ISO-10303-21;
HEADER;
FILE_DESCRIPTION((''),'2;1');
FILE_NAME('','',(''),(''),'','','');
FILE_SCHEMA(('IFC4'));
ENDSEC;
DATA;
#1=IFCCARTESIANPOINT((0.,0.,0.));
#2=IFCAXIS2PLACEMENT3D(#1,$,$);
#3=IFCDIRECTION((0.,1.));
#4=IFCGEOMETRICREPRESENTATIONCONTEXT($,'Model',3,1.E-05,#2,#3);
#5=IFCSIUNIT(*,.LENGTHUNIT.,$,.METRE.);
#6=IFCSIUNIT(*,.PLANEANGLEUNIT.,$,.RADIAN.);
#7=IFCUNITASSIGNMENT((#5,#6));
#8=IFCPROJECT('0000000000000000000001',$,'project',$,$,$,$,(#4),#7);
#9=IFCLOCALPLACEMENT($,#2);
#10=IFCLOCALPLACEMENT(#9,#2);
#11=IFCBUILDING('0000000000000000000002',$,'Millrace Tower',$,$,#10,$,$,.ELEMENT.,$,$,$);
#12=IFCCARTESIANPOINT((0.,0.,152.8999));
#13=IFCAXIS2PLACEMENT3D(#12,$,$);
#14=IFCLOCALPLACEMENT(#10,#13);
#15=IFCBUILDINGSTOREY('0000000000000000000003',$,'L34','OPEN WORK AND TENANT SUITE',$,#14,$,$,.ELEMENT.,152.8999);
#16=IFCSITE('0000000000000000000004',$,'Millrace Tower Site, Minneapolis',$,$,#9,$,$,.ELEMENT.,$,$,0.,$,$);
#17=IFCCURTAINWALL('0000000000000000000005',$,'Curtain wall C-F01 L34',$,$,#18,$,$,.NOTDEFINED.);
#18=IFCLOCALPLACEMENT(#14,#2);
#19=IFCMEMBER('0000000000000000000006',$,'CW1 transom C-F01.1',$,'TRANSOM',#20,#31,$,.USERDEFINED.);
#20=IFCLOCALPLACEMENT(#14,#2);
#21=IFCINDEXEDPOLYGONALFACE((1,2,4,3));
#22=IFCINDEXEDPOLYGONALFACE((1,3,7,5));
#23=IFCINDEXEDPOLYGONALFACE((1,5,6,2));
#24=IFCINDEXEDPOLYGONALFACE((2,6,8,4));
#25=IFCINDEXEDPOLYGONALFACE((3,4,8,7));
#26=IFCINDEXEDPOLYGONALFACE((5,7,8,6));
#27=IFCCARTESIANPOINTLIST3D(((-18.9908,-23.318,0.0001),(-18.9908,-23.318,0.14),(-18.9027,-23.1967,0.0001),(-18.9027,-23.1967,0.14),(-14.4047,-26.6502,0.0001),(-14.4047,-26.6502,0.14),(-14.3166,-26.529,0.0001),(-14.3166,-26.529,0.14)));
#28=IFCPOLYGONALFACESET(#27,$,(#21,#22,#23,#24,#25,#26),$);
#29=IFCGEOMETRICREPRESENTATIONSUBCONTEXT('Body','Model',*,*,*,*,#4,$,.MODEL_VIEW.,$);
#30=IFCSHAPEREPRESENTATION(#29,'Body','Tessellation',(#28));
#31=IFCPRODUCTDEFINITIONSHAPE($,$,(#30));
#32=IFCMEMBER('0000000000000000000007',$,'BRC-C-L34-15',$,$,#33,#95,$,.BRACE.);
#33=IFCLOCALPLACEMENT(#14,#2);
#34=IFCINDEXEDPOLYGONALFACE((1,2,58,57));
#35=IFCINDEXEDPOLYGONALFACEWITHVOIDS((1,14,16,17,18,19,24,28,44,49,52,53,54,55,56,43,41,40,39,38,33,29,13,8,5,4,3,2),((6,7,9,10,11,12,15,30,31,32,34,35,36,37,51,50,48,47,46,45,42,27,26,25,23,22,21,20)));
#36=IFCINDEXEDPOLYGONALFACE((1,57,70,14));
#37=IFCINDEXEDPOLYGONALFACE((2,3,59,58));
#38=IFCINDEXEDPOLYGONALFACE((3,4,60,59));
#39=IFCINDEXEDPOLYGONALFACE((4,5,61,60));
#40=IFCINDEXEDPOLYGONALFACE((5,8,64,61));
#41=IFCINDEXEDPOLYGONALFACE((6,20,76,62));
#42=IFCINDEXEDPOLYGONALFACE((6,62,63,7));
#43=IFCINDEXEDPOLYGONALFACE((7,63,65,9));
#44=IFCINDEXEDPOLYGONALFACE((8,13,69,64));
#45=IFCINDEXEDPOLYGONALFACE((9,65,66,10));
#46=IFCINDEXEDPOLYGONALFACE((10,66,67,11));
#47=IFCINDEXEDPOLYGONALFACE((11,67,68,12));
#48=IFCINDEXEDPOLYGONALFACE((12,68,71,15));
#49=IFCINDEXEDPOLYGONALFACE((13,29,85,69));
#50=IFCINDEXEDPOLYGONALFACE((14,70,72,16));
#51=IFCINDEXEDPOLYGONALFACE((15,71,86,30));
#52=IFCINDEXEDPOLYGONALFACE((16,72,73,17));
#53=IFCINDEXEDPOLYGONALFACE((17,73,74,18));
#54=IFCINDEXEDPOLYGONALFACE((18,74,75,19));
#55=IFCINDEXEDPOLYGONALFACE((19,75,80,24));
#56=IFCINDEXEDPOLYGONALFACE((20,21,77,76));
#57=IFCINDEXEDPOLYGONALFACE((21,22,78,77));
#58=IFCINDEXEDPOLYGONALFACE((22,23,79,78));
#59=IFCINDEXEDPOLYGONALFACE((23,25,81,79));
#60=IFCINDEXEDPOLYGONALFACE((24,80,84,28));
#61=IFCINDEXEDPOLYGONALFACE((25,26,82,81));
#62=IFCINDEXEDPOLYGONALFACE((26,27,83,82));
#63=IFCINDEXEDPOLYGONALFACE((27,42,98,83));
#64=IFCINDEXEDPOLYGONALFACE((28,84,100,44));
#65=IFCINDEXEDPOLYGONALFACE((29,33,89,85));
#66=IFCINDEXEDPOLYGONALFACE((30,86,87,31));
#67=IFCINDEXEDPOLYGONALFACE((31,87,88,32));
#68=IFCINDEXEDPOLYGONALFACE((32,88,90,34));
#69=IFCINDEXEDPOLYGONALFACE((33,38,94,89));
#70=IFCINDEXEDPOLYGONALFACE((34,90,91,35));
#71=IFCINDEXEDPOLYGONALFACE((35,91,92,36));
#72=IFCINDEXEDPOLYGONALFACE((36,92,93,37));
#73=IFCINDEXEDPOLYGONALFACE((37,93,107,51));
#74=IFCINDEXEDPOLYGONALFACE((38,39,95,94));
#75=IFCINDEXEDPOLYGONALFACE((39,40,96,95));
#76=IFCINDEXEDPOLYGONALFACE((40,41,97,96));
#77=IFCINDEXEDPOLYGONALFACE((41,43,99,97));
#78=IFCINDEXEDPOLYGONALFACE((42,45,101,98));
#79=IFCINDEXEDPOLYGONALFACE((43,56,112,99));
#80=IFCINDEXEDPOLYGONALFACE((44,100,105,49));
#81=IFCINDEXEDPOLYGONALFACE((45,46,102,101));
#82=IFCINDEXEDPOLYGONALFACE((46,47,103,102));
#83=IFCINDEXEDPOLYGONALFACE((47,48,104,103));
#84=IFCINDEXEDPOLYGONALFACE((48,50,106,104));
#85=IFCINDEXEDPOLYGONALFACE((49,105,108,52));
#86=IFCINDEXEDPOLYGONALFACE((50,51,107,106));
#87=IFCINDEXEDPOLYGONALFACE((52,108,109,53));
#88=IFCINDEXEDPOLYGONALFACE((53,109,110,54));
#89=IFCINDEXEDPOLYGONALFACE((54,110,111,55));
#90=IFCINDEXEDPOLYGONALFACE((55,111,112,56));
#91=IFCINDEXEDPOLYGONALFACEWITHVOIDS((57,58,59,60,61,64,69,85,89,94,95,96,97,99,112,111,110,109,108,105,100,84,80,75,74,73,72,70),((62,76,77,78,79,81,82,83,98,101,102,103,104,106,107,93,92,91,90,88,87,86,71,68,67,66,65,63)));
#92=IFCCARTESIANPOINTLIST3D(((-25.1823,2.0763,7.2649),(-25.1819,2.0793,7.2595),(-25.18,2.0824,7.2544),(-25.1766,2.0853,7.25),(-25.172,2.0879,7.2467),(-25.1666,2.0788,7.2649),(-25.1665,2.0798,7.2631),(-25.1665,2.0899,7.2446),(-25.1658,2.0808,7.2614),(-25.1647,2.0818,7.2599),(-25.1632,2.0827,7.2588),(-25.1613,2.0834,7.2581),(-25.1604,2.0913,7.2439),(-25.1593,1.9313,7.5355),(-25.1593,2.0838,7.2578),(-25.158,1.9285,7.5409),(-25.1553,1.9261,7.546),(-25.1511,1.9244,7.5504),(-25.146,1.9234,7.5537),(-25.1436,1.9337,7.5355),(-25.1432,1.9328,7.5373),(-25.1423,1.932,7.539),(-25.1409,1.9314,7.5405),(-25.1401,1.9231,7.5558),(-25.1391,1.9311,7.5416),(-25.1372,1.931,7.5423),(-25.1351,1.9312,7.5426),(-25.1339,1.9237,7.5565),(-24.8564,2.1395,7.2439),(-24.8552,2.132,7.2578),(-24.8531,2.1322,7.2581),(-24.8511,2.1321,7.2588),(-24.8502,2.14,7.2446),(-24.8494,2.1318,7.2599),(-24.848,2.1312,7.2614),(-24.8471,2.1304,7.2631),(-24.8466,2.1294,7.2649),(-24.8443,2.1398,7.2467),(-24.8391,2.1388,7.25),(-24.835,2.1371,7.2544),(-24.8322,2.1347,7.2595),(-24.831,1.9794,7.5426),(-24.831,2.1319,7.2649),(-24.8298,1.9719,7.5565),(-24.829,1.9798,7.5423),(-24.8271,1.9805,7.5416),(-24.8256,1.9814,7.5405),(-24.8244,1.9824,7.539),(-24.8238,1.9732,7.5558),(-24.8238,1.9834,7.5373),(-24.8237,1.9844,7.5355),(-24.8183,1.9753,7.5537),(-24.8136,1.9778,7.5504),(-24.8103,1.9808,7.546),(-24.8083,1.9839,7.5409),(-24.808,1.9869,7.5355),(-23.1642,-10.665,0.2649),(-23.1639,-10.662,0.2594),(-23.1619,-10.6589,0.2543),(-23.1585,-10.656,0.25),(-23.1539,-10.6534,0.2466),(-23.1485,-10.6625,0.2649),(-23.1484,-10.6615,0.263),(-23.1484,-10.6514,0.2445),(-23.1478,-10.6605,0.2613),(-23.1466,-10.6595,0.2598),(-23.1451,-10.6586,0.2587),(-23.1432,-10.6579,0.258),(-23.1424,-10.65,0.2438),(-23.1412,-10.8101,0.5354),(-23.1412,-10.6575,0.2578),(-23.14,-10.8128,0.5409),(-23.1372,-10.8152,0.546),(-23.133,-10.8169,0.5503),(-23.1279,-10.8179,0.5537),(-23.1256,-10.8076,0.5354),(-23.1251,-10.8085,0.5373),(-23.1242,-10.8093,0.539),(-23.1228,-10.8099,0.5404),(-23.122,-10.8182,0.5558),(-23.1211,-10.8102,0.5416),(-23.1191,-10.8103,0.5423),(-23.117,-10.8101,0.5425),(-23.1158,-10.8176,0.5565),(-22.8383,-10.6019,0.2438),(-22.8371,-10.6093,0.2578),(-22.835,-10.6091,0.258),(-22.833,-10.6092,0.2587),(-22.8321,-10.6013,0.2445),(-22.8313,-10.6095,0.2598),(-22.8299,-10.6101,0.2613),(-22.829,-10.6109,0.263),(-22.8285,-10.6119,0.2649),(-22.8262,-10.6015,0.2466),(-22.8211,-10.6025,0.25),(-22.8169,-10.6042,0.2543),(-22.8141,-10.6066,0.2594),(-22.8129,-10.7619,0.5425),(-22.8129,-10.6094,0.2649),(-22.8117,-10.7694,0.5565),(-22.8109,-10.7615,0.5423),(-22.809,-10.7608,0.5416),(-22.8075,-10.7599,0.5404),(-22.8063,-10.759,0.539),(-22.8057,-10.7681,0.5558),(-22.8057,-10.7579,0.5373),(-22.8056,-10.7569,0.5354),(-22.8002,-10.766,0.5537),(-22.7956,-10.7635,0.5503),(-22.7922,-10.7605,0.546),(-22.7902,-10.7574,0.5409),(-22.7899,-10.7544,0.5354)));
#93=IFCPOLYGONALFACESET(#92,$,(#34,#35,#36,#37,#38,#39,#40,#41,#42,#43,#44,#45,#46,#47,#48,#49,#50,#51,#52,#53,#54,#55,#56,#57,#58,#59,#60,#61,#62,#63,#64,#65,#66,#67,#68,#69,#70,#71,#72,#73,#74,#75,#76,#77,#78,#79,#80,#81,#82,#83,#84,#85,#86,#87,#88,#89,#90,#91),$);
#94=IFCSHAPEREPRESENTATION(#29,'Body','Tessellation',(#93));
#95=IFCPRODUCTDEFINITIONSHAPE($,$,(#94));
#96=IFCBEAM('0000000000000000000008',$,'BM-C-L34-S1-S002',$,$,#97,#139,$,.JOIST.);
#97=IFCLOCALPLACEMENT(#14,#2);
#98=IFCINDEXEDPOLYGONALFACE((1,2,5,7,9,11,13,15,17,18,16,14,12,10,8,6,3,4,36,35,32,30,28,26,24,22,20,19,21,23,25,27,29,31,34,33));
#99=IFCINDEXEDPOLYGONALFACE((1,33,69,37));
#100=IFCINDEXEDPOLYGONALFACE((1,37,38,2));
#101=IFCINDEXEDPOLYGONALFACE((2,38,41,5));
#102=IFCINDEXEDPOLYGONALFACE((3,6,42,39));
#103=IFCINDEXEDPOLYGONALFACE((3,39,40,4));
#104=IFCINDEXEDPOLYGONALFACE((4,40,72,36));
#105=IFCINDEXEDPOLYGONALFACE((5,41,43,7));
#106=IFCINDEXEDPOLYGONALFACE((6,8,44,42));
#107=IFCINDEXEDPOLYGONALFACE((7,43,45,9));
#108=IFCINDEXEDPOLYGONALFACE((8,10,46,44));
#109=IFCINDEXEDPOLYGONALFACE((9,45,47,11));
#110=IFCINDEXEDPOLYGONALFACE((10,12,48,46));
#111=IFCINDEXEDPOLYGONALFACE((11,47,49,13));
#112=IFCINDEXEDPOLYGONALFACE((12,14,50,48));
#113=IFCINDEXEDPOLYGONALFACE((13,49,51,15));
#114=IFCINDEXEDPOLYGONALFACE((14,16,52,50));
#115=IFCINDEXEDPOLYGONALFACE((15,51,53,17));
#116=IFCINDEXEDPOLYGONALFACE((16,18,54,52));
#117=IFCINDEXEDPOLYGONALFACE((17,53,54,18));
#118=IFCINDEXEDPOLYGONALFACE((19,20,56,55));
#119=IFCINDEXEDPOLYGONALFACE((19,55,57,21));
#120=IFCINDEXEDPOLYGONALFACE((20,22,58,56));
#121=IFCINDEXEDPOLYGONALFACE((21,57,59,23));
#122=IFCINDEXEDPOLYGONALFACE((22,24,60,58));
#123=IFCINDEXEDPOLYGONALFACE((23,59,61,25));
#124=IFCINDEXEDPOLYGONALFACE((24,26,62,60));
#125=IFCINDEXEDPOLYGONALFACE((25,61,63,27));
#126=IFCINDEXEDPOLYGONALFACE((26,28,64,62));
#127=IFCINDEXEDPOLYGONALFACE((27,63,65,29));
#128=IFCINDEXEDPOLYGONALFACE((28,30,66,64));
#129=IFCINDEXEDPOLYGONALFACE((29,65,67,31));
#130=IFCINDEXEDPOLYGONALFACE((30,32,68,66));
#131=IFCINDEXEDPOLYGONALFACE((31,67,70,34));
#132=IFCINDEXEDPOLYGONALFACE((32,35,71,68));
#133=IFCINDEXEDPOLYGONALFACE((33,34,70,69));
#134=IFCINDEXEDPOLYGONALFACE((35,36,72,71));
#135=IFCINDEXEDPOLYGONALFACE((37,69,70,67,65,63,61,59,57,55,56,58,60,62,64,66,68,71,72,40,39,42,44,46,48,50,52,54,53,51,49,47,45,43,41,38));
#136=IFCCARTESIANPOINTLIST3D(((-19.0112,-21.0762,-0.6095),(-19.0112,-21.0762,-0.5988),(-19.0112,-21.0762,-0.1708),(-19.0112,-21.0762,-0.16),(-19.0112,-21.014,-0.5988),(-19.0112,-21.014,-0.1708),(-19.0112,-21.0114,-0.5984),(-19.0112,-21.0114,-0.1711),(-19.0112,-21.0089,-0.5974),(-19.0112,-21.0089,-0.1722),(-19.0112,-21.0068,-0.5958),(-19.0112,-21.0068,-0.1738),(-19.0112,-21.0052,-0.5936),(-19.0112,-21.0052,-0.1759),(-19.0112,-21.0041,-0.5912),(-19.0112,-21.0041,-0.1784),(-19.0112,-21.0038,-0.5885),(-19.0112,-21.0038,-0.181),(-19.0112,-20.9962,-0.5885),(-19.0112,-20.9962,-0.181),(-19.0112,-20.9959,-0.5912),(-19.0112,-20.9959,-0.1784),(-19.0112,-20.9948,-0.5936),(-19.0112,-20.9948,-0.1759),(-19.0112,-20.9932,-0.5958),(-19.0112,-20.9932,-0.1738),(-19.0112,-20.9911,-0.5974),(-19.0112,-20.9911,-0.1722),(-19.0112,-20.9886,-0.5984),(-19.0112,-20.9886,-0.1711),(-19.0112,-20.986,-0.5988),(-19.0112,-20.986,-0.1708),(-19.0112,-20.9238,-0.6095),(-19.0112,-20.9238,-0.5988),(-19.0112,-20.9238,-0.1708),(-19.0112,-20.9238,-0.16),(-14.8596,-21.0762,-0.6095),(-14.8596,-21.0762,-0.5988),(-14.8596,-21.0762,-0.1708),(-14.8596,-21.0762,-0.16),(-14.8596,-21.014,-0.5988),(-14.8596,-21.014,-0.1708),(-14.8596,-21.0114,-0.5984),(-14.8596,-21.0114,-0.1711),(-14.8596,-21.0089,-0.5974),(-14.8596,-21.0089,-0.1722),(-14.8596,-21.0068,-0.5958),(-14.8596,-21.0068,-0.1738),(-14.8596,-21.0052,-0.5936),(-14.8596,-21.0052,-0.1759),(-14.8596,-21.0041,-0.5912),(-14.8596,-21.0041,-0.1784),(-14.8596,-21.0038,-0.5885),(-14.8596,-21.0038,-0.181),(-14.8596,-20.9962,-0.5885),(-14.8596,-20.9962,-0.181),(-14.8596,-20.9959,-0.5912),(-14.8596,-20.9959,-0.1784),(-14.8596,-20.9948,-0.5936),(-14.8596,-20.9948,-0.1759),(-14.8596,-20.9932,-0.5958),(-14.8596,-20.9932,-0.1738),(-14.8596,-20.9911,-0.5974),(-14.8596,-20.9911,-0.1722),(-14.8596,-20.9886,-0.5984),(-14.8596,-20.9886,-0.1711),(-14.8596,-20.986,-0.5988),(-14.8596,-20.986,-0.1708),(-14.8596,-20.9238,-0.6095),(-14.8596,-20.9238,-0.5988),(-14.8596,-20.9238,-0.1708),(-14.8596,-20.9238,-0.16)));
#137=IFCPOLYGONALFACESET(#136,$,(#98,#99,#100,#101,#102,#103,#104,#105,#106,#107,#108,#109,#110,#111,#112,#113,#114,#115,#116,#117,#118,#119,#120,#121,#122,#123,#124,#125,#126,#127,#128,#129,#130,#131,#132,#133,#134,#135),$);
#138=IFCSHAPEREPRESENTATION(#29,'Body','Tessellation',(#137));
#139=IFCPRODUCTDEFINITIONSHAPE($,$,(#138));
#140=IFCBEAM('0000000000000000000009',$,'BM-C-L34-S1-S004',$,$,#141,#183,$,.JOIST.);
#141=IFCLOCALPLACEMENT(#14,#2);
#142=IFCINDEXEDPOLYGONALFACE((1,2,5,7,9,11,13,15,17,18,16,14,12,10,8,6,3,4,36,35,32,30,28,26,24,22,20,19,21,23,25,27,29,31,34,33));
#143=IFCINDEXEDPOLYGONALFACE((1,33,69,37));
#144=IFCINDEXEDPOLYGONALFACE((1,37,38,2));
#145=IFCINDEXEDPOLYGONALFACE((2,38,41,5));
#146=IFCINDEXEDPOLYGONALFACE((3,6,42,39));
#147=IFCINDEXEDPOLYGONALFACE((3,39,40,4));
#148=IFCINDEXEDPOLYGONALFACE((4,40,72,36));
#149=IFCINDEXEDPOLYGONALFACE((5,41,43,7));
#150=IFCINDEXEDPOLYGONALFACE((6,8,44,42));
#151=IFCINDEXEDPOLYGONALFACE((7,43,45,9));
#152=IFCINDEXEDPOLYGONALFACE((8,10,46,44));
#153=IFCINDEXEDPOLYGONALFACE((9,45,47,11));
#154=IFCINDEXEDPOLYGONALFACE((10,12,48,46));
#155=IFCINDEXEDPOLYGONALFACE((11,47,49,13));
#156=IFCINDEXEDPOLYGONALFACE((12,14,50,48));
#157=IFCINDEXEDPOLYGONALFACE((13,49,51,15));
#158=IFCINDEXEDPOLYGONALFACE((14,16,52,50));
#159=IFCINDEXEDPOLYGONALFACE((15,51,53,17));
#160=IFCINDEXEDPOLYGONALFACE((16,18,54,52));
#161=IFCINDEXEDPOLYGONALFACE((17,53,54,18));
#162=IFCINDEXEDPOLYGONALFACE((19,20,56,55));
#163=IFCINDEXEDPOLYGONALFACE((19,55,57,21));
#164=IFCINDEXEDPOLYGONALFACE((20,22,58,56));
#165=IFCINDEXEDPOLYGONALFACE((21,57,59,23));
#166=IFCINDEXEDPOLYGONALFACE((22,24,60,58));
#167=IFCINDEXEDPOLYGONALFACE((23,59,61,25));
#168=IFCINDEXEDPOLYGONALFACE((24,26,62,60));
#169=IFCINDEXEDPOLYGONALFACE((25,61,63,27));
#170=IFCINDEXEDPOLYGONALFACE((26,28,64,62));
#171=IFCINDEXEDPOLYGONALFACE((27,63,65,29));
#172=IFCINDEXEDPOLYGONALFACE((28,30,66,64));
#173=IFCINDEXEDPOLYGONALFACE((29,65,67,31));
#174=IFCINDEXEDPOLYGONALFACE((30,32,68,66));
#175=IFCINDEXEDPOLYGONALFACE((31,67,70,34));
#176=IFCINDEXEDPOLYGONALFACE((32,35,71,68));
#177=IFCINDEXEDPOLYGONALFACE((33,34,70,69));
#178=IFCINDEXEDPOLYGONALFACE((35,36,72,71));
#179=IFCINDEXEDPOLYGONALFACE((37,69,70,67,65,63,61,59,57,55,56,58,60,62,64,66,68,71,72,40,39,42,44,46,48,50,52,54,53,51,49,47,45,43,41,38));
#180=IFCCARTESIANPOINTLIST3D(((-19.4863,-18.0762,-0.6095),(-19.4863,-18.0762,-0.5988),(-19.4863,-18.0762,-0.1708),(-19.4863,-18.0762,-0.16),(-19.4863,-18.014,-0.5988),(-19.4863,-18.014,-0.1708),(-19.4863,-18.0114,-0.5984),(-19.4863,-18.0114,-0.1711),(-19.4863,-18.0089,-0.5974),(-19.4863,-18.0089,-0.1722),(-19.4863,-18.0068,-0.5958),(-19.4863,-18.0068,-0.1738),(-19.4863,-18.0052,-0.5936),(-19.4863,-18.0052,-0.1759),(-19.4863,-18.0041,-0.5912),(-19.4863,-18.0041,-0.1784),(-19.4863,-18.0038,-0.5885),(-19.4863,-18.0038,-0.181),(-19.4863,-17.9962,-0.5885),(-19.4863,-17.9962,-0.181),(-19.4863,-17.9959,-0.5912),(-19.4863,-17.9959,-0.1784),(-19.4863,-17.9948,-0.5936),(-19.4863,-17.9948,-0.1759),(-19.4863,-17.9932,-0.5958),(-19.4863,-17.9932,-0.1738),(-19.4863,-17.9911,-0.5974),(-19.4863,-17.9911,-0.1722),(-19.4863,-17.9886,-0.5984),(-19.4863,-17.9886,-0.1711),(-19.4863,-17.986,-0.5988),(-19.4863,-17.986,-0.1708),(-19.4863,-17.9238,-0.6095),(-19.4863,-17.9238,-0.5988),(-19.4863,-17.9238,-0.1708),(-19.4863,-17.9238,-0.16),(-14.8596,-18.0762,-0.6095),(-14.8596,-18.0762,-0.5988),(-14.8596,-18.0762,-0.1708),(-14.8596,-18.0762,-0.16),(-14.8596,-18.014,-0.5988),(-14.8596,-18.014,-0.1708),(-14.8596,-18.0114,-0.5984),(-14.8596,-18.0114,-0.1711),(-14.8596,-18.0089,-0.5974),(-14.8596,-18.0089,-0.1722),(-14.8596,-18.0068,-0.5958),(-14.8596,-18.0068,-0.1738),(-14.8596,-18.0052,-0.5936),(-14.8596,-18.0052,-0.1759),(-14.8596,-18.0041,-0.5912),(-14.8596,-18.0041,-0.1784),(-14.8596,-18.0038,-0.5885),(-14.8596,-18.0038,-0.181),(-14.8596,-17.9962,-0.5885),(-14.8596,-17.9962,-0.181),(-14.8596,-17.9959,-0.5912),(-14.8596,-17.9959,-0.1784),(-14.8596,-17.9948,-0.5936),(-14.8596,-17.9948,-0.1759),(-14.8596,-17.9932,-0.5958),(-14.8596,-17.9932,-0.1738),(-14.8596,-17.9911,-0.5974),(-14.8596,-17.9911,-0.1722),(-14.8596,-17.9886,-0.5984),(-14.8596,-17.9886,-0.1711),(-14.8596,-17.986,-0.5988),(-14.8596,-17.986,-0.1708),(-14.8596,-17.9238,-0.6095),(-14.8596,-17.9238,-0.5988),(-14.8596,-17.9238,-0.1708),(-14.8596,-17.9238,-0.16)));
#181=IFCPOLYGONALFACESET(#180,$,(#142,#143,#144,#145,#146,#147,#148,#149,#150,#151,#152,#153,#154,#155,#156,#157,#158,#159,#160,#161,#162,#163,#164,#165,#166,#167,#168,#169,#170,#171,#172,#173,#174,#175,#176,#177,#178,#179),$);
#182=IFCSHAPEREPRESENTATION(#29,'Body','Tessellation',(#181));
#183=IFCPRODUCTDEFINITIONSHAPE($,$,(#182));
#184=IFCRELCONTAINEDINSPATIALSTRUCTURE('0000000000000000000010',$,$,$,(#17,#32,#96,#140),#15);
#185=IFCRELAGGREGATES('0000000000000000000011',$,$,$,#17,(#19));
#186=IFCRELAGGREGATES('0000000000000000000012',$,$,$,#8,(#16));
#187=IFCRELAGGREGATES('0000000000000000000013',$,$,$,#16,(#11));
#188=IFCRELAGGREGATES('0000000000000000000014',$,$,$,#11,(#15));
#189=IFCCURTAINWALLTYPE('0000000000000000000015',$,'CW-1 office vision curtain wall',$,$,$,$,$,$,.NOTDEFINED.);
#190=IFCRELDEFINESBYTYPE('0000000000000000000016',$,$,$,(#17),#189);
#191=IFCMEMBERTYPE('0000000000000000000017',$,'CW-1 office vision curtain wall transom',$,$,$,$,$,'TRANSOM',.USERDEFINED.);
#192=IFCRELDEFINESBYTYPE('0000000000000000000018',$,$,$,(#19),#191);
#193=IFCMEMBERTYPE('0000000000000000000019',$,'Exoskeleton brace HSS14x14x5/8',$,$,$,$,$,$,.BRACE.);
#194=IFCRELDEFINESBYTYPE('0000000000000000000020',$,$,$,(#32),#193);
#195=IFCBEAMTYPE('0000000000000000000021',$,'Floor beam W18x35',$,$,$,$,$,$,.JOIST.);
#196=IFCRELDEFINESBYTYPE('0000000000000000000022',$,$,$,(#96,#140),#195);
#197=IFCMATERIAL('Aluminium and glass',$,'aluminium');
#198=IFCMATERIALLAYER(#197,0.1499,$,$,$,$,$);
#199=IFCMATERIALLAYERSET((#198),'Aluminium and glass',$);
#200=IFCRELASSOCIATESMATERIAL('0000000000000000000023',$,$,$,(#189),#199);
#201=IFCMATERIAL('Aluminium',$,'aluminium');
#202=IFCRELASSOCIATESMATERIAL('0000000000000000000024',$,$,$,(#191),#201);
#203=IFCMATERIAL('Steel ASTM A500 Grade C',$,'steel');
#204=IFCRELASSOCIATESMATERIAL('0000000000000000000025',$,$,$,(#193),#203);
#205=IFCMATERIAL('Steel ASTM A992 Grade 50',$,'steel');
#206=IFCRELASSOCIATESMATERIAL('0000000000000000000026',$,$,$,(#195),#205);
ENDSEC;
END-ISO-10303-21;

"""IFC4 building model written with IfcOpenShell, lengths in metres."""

from ifc_helpers import new_model, si_unit, direction, frame, origin, origin_2d, place, context, subcontext, project, spatial, rectangle, hollow_rectangle, i_section, extrude, material, layer, layer_set, material_profile, profile_set, type_object, element, aggregate, save


model = new_model("IFC4")

# Units and contexts
model_context = context("Model", 3, precision=1e-05, world=origin(), true_north=direction((0.0, 1.0)))
body_context = subcontext(model_context, "Body", "Model", "MODEL_VIEW")
ifc_project = project(units=[si_unit("LENGTHUNIT", "METRE"), si_unit("PLANEANGLEUNIT", "RADIAN")], contexts=[model_context])

# Site, building, storey
site_placement = place(None, origin())
site = spatial("IfcSite", under=ifc_project, at=site_placement, Name="Millrace Tower Site, Minneapolis", CompositionType="ELEMENT", RefElevation=0.0)
building_placement = place(site_placement, origin())
building = spatial("IfcBuilding", under=site, at=building_placement, Name="Millrace Tower", CompositionType="ELEMENT")
storey_placement = place(building_placement, frame((0.0, 0.0, 152.8999)))
storey = spatial("IfcBuildingStorey", under=building, at=storey_placement, Name="L34", Description="OPEN WORK AND TENANT SUITE", CompositionType="ELEMENT", Elevation=152.8999)

# Curtain wall
ifc_material_1 = material(Name="Aluminium and glass", Category="aluminium")
ifc_layer_1 = layer(ifc_material_1, 0.1499)
ifc_layer_set_1 = layer_set([ifc_layer_1], Name="Aluminium and glass")
curtain_wall_type = type_object("IfcCurtainWallType", Name="CW-1 office vision curtain wall", PredefinedType="NOTDEFINED", material=ifc_layer_set_1)
placement = place(storey_placement, origin())
curtain_wall_1 = element("IfcCurtainWall", 1, at=placement, inside=storey, type_object=curtain_wall_type, Name="Curtain wall C-F01 L34", PredefinedType="NOTDEFINED")

# Members
ifc_material_2 = material(Name="Aluminium", Category="aluminium")
ifc_material_profile_1 = material_profile(ifc_material_2, rectangle(XDim=0.1499, YDim=0.1399, at=origin_2d()))
ifc_profile_set_1 = profile_set([ifc_material_profile_1], Name="Aluminium")
member_type_1 = type_object("IfcMemberType", Name="CW-1 office vision curtain wall transom", ElementType="TRANSOM", PredefinedType="USERDEFINED", material=ifc_profile_set_1)
member_1_placement = place(storey_placement, frame((-18.9468, -23.2573, 0.0701), z_axis=(0.808999, -0.587811, 0.0), x_axis=(0.587811, 0.808999, 0.0)))
member_1 = element("IfcMember", 2, at=member_1_placement, type_object=member_type_1, Name="CW1 transom C-F01.1", ObjectType="TRANSOM", PredefinedType="USERDEFINED", context=body_context, shape_type="SweptSolid", body=[
    extrude(rectangle(XDim=0.1499, YDim=0.1399, at=origin_2d()), origin(), (0.0, 0.0, 1.0), 5.6689),
])
aggregate(curtain_wall_1, [member_1])
ifc_material_3 = material(Name="Steel ASTM A500 Grade C", Category="steel")
ifc_material_profile_2 = material_profile(ifc_material_3, hollow_rectangle(XDim=0.3557, YDim=0.3557, WallThickness=0.0159, InnerFilletRadius=0.0081, OuterFilletRadius=0.0239, at=origin_2d()))
ifc_profile_set_2 = profile_set([ifc_material_profile_2], Name="Steel ASTM A500 Grade C")
member_type_2 = type_object("IfcMemberType", Name="Exoskeleton brace HSS14x14x5/8", PredefinedType="BRACE", material=ifc_profile_set_2)
member_2_placement = place(storey_placement, frame((-22.9771, -10.7097, 0.4001), z_axis=(-0.1375, 0.868114, 0.47694), x_axis=(-0.987688, -0.156439, 0.0)))
element("IfcMember", 3, at=member_2_placement, inside=storey, type_object=member_type_2, Name="BRC-C-L34-15", PredefinedType="BRACE", context=body_context, shape_type="SweptSolid", body=[
    extrude(hollow_rectangle(XDim=0.3557, YDim=0.3557, WallThickness=0.0159, InnerFilletRadius=0.0081, OuterFilletRadius=0.0239, at=origin_2d()), origin(), (0.0, 0.0, 1.0), 14.677),
])

# Beams
ifc_material_4 = material(Name="Steel ASTM A992 Grade 50", Category="steel")
ifc_material_profile_3 = material_profile(ifc_material_4, i_section(OverallWidth=0.1523, OverallDepth=0.4495, WebThickness=0.0076, FlangeThickness=0.0107, FilletRadius=0.0103, at=origin_2d()))
ifc_profile_set_3 = profile_set([ifc_material_profile_3], Name="Steel ASTM A992 Grade 50")
beam_type_1 = type_object("IfcBeamType", Name="Floor beam W18x35", PredefinedType="JOIST", material=ifc_profile_set_3)
beam_1_placement = place(storey_placement, frame((-19.0112, -21.0, -0.3848), z_axis=(1.0, 0.0, 0.0), x_axis=(0.0, 1.0, 0.0)))
element("IfcBeam", 4, at=beam_1_placement, inside=storey, type_object=beam_type_1, Name="BM-C-L34-S1-S002", PredefinedType="JOIST", context=body_context, shape_type="SweptSolid", body=[
    extrude(i_section(OverallWidth=0.1523, OverallDepth=0.4495, WebThickness=0.0076, FlangeThickness=0.0107, FilletRadius=0.0103, at=origin_2d()), origin(), (0.0, 0.0, 1.0), 4.1516),
])
beam_2_placement = place(storey_placement, frame((-19.4863, -18.0, -0.3848), z_axis=(1.0, 0.0, 0.0), x_axis=(0.0, 1.0, 0.0)))
element("IfcBeam", 5, at=beam_2_placement, inside=storey, type_object=beam_type_1, Name="BM-C-L34-S1-S004", PredefinedType="JOIST", context=body_context, shape_type="SweptSolid", body=[
    extrude(i_section(OverallWidth=0.1523, OverallDepth=0.4495, WebThickness=0.0076, FlangeThickness=0.0107, FilletRadius=0.0103, at=origin_2d()), origin(), (0.0, 0.0, 1.0), 4.6267),
])

save(model, "model.ifc")
